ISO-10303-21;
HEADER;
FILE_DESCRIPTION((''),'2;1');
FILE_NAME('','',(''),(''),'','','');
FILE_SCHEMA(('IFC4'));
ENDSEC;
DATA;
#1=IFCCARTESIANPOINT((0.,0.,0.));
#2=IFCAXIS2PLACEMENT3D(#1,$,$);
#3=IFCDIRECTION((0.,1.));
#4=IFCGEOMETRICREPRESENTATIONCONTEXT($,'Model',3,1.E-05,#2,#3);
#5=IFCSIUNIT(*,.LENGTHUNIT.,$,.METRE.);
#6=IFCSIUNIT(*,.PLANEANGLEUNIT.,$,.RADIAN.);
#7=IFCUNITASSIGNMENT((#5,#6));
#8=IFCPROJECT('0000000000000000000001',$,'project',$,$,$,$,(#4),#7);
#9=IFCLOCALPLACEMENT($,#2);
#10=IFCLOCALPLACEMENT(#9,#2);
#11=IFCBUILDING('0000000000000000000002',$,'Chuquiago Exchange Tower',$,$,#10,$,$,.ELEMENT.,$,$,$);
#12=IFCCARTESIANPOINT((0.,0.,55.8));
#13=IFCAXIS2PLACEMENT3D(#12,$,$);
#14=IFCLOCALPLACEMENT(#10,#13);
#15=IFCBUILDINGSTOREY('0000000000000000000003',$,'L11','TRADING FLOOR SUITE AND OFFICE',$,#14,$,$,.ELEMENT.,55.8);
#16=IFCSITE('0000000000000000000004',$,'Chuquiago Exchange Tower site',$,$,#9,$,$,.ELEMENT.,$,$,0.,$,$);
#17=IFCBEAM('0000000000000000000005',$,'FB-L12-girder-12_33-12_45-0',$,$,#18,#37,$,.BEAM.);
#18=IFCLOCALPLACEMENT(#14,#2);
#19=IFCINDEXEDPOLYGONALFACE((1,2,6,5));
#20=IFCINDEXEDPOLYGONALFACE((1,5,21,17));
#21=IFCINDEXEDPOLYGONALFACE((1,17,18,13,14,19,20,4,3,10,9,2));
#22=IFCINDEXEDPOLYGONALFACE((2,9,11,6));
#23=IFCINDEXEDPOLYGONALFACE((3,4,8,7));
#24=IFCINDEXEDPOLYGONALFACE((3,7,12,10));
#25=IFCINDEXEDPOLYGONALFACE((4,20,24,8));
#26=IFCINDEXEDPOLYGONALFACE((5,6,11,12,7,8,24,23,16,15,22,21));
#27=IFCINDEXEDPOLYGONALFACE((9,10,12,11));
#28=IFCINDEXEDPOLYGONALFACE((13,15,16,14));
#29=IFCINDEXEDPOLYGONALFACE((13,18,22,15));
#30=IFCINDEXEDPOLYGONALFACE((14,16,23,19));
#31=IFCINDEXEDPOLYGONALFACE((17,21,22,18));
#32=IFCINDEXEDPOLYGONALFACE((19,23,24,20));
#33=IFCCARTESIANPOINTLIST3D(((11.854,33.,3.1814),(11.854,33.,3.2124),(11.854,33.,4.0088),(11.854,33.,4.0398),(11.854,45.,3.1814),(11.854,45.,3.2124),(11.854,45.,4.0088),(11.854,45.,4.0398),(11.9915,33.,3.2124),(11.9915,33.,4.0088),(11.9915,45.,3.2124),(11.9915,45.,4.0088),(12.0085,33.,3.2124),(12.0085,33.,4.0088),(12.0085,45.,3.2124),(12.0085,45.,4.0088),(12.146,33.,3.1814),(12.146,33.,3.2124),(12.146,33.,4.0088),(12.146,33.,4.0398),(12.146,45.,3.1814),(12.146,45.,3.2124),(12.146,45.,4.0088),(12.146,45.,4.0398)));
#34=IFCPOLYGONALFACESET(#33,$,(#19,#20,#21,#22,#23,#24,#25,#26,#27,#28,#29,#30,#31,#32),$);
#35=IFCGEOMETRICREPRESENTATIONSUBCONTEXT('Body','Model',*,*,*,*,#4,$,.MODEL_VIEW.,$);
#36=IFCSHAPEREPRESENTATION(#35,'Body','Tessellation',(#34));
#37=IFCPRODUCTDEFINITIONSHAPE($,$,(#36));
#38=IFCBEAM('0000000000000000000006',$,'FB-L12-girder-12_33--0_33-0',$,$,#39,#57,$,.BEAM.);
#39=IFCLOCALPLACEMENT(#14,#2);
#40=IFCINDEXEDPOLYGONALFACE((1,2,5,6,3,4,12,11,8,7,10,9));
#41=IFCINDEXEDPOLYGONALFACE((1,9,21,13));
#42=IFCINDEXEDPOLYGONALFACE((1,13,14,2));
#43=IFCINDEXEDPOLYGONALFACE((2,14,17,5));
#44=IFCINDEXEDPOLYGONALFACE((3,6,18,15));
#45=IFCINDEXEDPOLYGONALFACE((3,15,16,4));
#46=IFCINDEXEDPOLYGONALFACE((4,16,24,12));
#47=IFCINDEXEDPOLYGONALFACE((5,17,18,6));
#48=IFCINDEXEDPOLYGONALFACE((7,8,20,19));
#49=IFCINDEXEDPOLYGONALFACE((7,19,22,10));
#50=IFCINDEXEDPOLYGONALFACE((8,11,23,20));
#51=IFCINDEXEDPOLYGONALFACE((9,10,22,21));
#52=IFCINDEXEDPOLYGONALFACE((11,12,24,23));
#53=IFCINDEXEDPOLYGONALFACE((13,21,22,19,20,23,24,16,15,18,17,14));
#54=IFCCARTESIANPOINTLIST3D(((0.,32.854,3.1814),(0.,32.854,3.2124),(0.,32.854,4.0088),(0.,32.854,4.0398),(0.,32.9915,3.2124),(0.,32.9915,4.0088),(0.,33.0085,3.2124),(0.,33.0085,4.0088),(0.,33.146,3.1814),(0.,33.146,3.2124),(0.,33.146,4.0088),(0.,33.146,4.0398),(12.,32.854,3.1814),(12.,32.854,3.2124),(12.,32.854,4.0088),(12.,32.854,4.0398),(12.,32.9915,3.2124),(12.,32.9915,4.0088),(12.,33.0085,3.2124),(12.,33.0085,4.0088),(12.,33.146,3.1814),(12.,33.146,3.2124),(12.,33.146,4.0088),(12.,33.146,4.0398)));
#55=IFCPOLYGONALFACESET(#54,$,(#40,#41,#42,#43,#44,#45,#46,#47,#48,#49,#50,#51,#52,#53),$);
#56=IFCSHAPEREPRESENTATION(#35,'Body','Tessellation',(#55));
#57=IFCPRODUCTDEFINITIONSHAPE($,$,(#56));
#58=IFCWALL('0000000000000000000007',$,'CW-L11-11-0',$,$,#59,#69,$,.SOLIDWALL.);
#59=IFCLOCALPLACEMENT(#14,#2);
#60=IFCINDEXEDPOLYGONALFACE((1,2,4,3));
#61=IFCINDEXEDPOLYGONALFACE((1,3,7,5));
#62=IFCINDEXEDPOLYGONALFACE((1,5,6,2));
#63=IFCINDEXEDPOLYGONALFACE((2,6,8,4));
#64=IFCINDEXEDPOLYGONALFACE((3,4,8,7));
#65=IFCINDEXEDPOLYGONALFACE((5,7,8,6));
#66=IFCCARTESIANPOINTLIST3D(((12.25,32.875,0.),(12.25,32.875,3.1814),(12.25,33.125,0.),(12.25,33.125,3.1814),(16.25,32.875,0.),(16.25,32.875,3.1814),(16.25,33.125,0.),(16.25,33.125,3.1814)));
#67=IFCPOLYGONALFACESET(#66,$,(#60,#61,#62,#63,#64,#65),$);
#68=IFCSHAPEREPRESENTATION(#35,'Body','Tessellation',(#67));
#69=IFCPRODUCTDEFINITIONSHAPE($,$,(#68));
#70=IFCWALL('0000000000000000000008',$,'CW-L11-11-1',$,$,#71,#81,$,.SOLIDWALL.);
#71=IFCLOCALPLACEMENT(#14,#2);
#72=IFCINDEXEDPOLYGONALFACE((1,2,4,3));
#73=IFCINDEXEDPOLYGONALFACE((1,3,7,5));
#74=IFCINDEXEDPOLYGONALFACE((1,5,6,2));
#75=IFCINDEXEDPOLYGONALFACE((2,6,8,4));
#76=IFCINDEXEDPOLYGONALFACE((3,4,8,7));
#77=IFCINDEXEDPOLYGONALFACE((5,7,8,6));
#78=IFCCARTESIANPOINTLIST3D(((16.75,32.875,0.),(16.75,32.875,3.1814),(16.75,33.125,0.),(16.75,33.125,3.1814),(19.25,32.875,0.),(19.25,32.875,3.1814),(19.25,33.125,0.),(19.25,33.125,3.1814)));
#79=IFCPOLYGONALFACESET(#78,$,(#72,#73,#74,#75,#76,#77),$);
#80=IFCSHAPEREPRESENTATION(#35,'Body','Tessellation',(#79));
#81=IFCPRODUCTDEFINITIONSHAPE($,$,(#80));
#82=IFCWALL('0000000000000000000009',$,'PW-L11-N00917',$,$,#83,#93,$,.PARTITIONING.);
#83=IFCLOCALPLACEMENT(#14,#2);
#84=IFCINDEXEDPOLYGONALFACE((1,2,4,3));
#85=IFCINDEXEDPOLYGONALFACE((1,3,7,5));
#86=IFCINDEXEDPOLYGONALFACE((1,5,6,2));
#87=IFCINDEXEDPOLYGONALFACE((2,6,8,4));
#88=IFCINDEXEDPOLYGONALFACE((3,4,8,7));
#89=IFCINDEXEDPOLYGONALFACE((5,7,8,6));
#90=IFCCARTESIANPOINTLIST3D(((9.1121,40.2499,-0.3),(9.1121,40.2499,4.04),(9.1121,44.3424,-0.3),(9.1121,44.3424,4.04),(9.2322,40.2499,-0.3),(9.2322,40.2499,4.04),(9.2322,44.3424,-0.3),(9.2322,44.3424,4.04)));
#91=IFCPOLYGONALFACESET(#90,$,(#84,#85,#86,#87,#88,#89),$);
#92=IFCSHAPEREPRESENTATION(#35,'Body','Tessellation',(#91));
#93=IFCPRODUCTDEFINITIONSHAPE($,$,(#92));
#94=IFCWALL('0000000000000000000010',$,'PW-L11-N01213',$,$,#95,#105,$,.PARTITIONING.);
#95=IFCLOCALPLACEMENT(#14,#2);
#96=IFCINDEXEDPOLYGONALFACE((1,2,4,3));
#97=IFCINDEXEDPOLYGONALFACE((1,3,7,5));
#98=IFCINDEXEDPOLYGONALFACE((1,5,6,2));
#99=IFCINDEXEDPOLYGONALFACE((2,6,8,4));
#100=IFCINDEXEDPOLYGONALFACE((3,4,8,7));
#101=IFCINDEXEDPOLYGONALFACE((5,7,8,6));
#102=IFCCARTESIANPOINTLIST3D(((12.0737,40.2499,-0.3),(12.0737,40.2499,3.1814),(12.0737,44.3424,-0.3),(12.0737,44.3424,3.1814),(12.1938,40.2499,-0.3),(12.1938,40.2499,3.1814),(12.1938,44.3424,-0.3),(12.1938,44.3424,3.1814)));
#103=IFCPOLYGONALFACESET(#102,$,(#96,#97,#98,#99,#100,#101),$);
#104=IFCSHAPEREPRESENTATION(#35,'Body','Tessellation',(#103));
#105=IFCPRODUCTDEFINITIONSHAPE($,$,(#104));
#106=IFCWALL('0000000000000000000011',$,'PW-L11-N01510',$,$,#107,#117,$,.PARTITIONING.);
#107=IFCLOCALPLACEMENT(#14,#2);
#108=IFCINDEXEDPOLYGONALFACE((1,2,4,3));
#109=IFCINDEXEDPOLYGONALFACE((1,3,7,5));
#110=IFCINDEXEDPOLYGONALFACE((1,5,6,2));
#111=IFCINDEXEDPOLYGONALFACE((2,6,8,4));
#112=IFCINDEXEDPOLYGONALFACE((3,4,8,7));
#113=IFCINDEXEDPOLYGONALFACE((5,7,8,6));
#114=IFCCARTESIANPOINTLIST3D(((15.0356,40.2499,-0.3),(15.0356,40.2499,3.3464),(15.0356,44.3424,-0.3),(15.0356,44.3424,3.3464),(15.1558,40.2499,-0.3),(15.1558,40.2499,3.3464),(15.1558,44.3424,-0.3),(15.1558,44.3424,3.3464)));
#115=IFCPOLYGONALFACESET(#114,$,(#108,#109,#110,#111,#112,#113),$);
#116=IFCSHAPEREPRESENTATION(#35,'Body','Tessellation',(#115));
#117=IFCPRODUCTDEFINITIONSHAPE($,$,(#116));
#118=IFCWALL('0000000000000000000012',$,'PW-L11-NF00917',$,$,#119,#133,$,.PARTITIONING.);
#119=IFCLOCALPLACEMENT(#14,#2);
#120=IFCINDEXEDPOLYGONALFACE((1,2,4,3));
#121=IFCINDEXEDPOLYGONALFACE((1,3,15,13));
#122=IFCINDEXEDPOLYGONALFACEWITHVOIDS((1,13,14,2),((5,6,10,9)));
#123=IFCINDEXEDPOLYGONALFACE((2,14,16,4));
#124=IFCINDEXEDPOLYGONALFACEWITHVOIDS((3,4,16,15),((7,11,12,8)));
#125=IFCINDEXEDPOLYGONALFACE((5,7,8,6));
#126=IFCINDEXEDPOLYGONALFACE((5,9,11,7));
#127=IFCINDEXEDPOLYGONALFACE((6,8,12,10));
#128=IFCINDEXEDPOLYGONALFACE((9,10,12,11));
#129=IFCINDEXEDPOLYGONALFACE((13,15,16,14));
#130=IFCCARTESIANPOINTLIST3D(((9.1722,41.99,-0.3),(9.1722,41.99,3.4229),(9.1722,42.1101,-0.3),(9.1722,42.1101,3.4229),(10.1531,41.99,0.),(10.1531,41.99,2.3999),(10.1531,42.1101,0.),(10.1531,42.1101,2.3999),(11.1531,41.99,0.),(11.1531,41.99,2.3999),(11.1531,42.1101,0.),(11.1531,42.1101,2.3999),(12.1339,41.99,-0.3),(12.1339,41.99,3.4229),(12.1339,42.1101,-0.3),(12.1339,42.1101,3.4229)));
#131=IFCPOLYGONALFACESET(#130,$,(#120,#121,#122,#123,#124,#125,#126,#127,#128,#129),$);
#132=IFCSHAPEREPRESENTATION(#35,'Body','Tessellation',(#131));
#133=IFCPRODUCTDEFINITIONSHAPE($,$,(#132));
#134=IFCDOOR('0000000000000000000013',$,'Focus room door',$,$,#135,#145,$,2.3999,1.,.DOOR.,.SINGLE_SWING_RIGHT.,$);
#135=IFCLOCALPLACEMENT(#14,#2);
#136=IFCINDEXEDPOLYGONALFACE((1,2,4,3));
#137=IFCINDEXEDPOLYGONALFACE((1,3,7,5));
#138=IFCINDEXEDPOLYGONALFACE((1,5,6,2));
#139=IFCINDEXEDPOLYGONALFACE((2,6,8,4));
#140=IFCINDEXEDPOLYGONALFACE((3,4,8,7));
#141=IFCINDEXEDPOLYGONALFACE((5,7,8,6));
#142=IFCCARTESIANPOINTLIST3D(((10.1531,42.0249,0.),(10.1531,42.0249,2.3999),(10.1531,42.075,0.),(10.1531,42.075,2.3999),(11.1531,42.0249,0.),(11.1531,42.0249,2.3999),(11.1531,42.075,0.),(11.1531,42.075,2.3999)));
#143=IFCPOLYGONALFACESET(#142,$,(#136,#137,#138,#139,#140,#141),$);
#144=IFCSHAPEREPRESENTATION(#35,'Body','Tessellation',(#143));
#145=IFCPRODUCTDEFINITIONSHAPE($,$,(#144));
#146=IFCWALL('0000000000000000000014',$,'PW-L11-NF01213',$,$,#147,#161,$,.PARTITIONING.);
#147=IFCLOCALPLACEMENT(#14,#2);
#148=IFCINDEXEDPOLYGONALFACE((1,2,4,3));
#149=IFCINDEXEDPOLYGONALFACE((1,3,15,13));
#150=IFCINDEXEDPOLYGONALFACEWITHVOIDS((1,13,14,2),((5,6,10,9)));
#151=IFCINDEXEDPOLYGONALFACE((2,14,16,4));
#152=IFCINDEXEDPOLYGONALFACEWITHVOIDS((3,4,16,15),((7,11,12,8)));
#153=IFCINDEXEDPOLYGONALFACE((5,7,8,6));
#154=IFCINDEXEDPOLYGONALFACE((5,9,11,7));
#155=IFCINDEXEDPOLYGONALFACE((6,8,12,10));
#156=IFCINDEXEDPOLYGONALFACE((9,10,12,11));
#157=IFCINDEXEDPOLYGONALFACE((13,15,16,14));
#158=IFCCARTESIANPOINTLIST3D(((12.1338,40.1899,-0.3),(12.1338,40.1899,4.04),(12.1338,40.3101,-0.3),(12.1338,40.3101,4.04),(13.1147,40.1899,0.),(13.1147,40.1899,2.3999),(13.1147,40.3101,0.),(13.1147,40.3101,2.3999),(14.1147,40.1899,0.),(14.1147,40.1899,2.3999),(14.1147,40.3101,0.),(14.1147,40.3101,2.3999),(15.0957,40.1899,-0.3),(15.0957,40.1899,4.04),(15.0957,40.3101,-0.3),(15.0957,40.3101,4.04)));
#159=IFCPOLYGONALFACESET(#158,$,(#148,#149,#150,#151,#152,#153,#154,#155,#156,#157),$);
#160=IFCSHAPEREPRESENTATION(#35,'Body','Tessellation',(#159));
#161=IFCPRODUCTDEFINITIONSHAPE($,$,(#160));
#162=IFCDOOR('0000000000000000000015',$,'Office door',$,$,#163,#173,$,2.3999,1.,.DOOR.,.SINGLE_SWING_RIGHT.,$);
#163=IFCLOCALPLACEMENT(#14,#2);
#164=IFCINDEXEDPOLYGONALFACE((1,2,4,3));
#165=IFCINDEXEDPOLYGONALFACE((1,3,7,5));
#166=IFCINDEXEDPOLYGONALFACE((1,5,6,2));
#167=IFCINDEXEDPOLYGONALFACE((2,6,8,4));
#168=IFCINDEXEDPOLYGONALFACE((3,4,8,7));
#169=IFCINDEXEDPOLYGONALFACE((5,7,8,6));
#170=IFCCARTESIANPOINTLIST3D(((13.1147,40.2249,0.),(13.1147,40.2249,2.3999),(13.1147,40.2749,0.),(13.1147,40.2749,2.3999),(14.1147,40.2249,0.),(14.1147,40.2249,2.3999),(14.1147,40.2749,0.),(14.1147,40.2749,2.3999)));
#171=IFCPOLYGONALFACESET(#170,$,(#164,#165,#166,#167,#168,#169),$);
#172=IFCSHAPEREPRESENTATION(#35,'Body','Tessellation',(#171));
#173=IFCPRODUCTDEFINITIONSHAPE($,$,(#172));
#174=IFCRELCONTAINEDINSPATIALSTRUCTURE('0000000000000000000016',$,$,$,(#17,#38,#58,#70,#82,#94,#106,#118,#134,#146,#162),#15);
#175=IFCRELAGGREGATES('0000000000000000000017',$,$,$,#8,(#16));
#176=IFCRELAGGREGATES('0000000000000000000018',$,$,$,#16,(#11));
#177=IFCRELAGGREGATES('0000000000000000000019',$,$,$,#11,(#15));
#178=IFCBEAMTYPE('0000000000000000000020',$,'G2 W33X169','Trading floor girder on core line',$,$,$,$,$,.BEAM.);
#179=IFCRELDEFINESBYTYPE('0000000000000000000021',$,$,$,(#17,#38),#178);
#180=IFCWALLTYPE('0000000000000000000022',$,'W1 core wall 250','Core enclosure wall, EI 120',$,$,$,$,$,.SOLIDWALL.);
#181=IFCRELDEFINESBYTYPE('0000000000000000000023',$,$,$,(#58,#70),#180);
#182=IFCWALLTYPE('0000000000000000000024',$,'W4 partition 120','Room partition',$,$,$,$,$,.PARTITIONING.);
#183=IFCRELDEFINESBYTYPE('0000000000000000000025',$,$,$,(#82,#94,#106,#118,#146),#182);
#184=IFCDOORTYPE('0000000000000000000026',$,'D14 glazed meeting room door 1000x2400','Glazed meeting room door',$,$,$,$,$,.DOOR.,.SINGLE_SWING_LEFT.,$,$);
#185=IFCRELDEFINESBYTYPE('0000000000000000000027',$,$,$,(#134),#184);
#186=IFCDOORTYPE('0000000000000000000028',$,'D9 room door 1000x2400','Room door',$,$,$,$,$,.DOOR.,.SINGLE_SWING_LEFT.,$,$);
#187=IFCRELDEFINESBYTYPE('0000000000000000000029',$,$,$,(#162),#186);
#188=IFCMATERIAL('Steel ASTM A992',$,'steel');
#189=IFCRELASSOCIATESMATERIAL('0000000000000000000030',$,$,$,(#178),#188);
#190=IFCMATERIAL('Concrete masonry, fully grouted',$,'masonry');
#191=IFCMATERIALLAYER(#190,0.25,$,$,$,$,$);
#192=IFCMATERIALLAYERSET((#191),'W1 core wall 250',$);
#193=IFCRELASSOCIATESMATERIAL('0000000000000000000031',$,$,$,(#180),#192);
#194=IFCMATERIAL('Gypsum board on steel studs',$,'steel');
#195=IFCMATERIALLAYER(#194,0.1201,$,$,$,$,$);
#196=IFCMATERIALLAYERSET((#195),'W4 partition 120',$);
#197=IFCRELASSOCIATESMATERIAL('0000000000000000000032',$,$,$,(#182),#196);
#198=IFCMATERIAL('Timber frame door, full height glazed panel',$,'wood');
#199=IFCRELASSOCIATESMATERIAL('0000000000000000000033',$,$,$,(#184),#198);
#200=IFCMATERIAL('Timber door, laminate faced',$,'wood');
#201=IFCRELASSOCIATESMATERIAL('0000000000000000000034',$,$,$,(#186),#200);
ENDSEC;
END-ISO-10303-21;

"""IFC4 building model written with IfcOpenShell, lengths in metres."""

from ifc_helpers import new_model, si_unit, direction, frame, frame_2d, origin, origin_2d, place, context, subcontext, project, spatial, rectangle, i_section, extrude, material, layer, layer_set, material_profile, profile_set, type_object, element, fill, save


model = new_model("IFC4")

# Units and contexts
model_context = context("Model", 3, precision=1e-05, world=origin(), true_north=direction((0.0, 1.0)))
body_context = subcontext(model_context, "Body", "Model", "MODEL_VIEW")
ifc_project = project(units=[si_unit("LENGTHUNIT", "METRE"), si_unit("PLANEANGLEUNIT", "RADIAN")], contexts=[model_context])

# Site, building, storey
site_placement = place(None, origin())
site = spatial("IfcSite", under=ifc_project, at=site_placement, Name="Chuquiago Exchange Tower site", CompositionType="ELEMENT", RefElevation=0.0)
building_placement = place(site_placement, origin())
building = spatial("IfcBuilding", under=site, at=building_placement, Name="Chuquiago Exchange Tower", CompositionType="ELEMENT")
storey_placement = place(building_placement, frame((0.0, 0.0, 55.8)))
storey = spatial("IfcBuildingStorey", under=building, at=storey_placement, Name="L11", Description="TRADING FLOOR SUITE AND OFFICE", CompositionType="ELEMENT", Elevation=55.8)

# Beams
ifc_material_1 = material(Name="Steel ASTM A992", Category="steel")
ifc_material_profile_1 = material_profile(ifc_material_1, i_section(OverallWidth=0.292, OverallDepth=0.8584, WebThickness=0.0171, FlangeThickness=0.031, at=origin_2d()), Name="W33X169")
ifc_profile_set_1 = profile_set([ifc_material_profile_1], Name="Steel ASTM A992")
beam_type_1 = type_object("IfcBeamType", Name="G2 W33X169", Description="Trading floor girder on core line", PredefinedType="BEAM", material=ifc_profile_set_1)
for number, where, z_axis, x_axis, name in (
    (1, (12.0, 33.0, 3.6106), (0.0, 1.0, 0.0), (-1.0, 0.0, 0.0), "FB-L12-girder-12_33-12_45-0"),
    (2, (12.0, 33.0, 3.6106), (-1.0, 0.0, 0.0), (0.0, -1.0, 0.0), "FB-L12-girder-12_33--0_33-0"),
):
    element("IfcBeam", number, at=place(storey_placement, frame(where, z_axis=z_axis, x_axis=x_axis)), inside=storey, type_object=beam_type_1, Name=name, PredefinedType="BEAM", context=body_context, shape_type="SweptSolid", body=[
        extrude(i_section(OverallWidth=0.292, OverallDepth=0.8584, WebThickness=0.0171, FlangeThickness=0.031, at=origin_2d()), origin(), (0.0, 0.0, 1.0), 12.0),
    ])

# Walls
ifc_material_2 = material(Name="Concrete masonry, fully grouted", Category="masonry")
ifc_layer_1 = layer(ifc_material_2, 0.25)
ifc_layer_set_1 = layer_set([ifc_layer_1], Name="W1 core wall 250")
wall_type_1 = type_object("IfcWallType", Name="W1 core wall 250", Description="Core enclosure wall, EI 120", PredefinedType="SOLIDWALL", material=ifc_layer_set_1)
wall_1_placement = place(storey_placement, frame((12.25, 33.0, 0.0), z_axis=(0.0, 0.0, 1.0), x_axis=(1.0, 0.0, 0.0)))
element("IfcWall", 3, at=wall_1_placement, inside=storey, type_object=wall_type_1, Name="CW-L11-11-0", PredefinedType="SOLIDWALL", context=body_context, shape_type="SweptSolid", body=[
    extrude(rectangle(XDim=4.0, YDim=0.25, at=frame_2d((2.0, 0.0))), origin(), (0.0, 0.0, 1.0), 3.1814),
])
wall_2_placement = place(storey_placement, frame((16.75, 33.0, 0.0), z_axis=(0.0, 0.0, 1.0), x_axis=(1.0, 0.0, 0.0)))
element("IfcWall", 4, at=wall_2_placement, inside=storey, type_object=wall_type_1, Name="CW-L11-11-1", PredefinedType="SOLIDWALL", context=body_context, shape_type="SweptSolid", body=[
    extrude(rectangle(XDim=2.5, YDim=0.25, at=frame_2d((1.25, 0.0))), origin(), (0.0, 0.0, 1.0), 3.1814),
])
ifc_material_3 = material(Name="Gypsum board on steel studs", Category="steel")
ifc_layer_2 = layer(ifc_material_3, 0.1201)
ifc_layer_set_2 = layer_set([ifc_layer_2], Name="W4 partition 120")
wall_type_2 = type_object("IfcWallType", Name="W4 partition 120", Description="Room partition", PredefinedType="PARTITIONING", material=ifc_layer_set_2)
wall_3_placement = place(storey_placement, frame((9.1721, 44.3425, -0.3), z_axis=(0.0, 0.0, 1.0), x_axis=(0.0, -1.0, 0.0)))
element("IfcWall", 5, at=wall_3_placement, inside=storey, type_object=wall_type_2, Name="PW-L11-N00917", PredefinedType="PARTITIONING", context=body_context, shape_type="SweptSolid", body=[
    extrude(rectangle(XDim=4.0925, YDim=0.1201, at=frame_2d((2.0464, 0.0))), origin(), (0.0, 0.0, 1.0), 4.3401),
])
wall_4_placement = place(storey_placement, frame((12.1338, 44.3425, -0.3), z_axis=(0.0, 0.0, 1.0), x_axis=(0.0, -1.0, 0.0)))
element("IfcWall", 6, at=wall_4_placement, inside=storey, type_object=wall_type_2, Name="PW-L11-N01213", PredefinedType="PARTITIONING", context=body_context, shape_type="SweptSolid", body=[
    extrude(rectangle(XDim=4.0925, YDim=0.1201, at=frame_2d((2.0464, 0.0))), origin(), (0.0, 0.0, 1.0), 3.4814),
])
wall_5_placement = place(storey_placement, frame((15.0957, 44.3425, -0.3), z_axis=(0.0, 0.0, 1.0), x_axis=(0.0, -1.0, 0.0)))
element("IfcWall", 7, at=wall_5_placement, inside=storey, type_object=wall_type_2, Name="PW-L11-N01510", PredefinedType="PARTITIONING", context=body_context, shape_type="SweptSolid", body=[
    extrude(rectangle(XDim=4.0925, YDim=0.1201, at=frame_2d((2.0464, 0.0))), origin(), (0.0, 0.0, 1.0), 3.6465),
])

# Walls, openings, doors
wall_6_placement = place(storey_placement, frame((9.1721, 42.05, -0.3), z_axis=(0.0, 0.0, 1.0), x_axis=(1.0, 0.0, 0.0)))
wall_6 = element("IfcWall", 8, at=wall_6_placement, inside=storey, type_object=wall_type_2, Name="PW-L11-NF00917", PredefinedType="PARTITIONING", context=body_context, shape_type="SweptSolid", body=[
    extrude(rectangle(XDim=2.9617, YDim=0.1201, at=frame_2d((1.481, 0.0))), origin(), (0.0, 0.0, 1.0), 3.7229),
])
opening_1_placement = place(wall_6_placement, frame((0.981, 0.0, 0.3)))
opening_1 = element("IfcOpeningElement", 9, at=opening_1_placement, cuts=wall_6, PredefinedType="OPENING", context=body_context, shape_type="SweptSolid", body=[
    extrude(rectangle(XDim=1.0, YDim=2.3999, at=frame_2d((0.5, 1.2))), frame((0.0, 0.0701, 0.0), z_axis=(0.0, -1.0, 0.0), x_axis=(1.0, 0.0, 0.0)), (0.0, 0.0, 1.0), 0.1401),
])
ifc_material_4 = material(Name="Timber frame door, full height glazed panel", Category="wood")
door_type_1 = type_object("IfcDoorType", Name="D14 glazed meeting room door 1000x2400", Description="Glazed meeting room door", OperationType="SINGLE_SWING_LEFT", PredefinedType="DOOR", material=ifc_material_4)
door_1_placement = place(opening_1_placement, origin())
door_1 = element("IfcDoor", 10, at=door_1_placement, inside=storey, type_object=door_type_1, Name="Focus room door", OperationType="SINGLE_SWING_RIGHT", OverallHeight=2.3999, OverallWidth=1.0, PredefinedType="DOOR", context=body_context, shape_type="SweptSolid", body=[
    extrude(rectangle(XDim=1.0, YDim=2.3999, at=frame_2d((0.5, 1.2))), frame((0.0, 0.0249, 0.0), z_axis=(0.0, -1.0, 0.0), x_axis=(1.0, 0.0, 0.0)), (0.0, 0.0, 1.0), 0.05),
])
fill(opening_1, door_1)
wall_7_placement = place(storey_placement, frame((12.1338, 40.25, -0.3), z_axis=(0.0, 0.0, 1.0), x_axis=(1.0, 0.0, 0.0)))
wall_7 = element("IfcWall", 11, at=wall_7_placement, inside=storey, type_object=wall_type_2, Name="PW-L11-NF01213", PredefinedType="PARTITIONING", context=body_context, shape_type="SweptSolid", body=[
    extrude(rectangle(XDim=2.9619, YDim=0.1201, at=frame_2d((1.481, 0.0))), origin(), (0.0, 0.0, 1.0), 4.3401),
])
opening_2_placement = place(wall_7_placement, frame((0.981, 0.0, 0.3)))
opening_2 = element("IfcOpeningElement", 12, at=opening_2_placement, cuts=wall_7, PredefinedType="OPENING", context=body_context, shape_type="SweptSolid", body=[
    extrude(rectangle(XDim=1.0, YDim=2.3999, at=frame_2d((0.5, 1.2))), frame((0.0, 0.0701, 0.0), z_axis=(0.0, -1.0, 0.0), x_axis=(1.0, 0.0, 0.0)), (0.0, 0.0, 1.0), 0.1401),
])
ifc_material_5 = material(Name="Timber door, laminate faced", Category="wood")
door_type_2 = type_object("IfcDoorType", Name="D9 room door 1000x2400", Description="Room door", OperationType="SINGLE_SWING_LEFT", PredefinedType="DOOR", material=ifc_material_5)
door_2_placement = place(opening_2_placement, origin())
door_2 = element("IfcDoor", 13, at=door_2_placement, inside=storey, type_object=door_type_2, Name="Office door", OperationType="SINGLE_SWING_RIGHT", OverallHeight=2.3999, OverallWidth=1.0, PredefinedType="DOOR", context=body_context, shape_type="SweptSolid", body=[
    extrude(rectangle(XDim=1.0, YDim=2.3999, at=frame_2d((0.5, 1.2))), frame((0.0, 0.0249, 0.0), z_axis=(0.0, -1.0, 0.0), x_axis=(1.0, 0.0, 0.0)), (0.0, 0.0, 1.0), 0.05),
])
fill(opening_2, door_2)

save(model, "model.ifc")
